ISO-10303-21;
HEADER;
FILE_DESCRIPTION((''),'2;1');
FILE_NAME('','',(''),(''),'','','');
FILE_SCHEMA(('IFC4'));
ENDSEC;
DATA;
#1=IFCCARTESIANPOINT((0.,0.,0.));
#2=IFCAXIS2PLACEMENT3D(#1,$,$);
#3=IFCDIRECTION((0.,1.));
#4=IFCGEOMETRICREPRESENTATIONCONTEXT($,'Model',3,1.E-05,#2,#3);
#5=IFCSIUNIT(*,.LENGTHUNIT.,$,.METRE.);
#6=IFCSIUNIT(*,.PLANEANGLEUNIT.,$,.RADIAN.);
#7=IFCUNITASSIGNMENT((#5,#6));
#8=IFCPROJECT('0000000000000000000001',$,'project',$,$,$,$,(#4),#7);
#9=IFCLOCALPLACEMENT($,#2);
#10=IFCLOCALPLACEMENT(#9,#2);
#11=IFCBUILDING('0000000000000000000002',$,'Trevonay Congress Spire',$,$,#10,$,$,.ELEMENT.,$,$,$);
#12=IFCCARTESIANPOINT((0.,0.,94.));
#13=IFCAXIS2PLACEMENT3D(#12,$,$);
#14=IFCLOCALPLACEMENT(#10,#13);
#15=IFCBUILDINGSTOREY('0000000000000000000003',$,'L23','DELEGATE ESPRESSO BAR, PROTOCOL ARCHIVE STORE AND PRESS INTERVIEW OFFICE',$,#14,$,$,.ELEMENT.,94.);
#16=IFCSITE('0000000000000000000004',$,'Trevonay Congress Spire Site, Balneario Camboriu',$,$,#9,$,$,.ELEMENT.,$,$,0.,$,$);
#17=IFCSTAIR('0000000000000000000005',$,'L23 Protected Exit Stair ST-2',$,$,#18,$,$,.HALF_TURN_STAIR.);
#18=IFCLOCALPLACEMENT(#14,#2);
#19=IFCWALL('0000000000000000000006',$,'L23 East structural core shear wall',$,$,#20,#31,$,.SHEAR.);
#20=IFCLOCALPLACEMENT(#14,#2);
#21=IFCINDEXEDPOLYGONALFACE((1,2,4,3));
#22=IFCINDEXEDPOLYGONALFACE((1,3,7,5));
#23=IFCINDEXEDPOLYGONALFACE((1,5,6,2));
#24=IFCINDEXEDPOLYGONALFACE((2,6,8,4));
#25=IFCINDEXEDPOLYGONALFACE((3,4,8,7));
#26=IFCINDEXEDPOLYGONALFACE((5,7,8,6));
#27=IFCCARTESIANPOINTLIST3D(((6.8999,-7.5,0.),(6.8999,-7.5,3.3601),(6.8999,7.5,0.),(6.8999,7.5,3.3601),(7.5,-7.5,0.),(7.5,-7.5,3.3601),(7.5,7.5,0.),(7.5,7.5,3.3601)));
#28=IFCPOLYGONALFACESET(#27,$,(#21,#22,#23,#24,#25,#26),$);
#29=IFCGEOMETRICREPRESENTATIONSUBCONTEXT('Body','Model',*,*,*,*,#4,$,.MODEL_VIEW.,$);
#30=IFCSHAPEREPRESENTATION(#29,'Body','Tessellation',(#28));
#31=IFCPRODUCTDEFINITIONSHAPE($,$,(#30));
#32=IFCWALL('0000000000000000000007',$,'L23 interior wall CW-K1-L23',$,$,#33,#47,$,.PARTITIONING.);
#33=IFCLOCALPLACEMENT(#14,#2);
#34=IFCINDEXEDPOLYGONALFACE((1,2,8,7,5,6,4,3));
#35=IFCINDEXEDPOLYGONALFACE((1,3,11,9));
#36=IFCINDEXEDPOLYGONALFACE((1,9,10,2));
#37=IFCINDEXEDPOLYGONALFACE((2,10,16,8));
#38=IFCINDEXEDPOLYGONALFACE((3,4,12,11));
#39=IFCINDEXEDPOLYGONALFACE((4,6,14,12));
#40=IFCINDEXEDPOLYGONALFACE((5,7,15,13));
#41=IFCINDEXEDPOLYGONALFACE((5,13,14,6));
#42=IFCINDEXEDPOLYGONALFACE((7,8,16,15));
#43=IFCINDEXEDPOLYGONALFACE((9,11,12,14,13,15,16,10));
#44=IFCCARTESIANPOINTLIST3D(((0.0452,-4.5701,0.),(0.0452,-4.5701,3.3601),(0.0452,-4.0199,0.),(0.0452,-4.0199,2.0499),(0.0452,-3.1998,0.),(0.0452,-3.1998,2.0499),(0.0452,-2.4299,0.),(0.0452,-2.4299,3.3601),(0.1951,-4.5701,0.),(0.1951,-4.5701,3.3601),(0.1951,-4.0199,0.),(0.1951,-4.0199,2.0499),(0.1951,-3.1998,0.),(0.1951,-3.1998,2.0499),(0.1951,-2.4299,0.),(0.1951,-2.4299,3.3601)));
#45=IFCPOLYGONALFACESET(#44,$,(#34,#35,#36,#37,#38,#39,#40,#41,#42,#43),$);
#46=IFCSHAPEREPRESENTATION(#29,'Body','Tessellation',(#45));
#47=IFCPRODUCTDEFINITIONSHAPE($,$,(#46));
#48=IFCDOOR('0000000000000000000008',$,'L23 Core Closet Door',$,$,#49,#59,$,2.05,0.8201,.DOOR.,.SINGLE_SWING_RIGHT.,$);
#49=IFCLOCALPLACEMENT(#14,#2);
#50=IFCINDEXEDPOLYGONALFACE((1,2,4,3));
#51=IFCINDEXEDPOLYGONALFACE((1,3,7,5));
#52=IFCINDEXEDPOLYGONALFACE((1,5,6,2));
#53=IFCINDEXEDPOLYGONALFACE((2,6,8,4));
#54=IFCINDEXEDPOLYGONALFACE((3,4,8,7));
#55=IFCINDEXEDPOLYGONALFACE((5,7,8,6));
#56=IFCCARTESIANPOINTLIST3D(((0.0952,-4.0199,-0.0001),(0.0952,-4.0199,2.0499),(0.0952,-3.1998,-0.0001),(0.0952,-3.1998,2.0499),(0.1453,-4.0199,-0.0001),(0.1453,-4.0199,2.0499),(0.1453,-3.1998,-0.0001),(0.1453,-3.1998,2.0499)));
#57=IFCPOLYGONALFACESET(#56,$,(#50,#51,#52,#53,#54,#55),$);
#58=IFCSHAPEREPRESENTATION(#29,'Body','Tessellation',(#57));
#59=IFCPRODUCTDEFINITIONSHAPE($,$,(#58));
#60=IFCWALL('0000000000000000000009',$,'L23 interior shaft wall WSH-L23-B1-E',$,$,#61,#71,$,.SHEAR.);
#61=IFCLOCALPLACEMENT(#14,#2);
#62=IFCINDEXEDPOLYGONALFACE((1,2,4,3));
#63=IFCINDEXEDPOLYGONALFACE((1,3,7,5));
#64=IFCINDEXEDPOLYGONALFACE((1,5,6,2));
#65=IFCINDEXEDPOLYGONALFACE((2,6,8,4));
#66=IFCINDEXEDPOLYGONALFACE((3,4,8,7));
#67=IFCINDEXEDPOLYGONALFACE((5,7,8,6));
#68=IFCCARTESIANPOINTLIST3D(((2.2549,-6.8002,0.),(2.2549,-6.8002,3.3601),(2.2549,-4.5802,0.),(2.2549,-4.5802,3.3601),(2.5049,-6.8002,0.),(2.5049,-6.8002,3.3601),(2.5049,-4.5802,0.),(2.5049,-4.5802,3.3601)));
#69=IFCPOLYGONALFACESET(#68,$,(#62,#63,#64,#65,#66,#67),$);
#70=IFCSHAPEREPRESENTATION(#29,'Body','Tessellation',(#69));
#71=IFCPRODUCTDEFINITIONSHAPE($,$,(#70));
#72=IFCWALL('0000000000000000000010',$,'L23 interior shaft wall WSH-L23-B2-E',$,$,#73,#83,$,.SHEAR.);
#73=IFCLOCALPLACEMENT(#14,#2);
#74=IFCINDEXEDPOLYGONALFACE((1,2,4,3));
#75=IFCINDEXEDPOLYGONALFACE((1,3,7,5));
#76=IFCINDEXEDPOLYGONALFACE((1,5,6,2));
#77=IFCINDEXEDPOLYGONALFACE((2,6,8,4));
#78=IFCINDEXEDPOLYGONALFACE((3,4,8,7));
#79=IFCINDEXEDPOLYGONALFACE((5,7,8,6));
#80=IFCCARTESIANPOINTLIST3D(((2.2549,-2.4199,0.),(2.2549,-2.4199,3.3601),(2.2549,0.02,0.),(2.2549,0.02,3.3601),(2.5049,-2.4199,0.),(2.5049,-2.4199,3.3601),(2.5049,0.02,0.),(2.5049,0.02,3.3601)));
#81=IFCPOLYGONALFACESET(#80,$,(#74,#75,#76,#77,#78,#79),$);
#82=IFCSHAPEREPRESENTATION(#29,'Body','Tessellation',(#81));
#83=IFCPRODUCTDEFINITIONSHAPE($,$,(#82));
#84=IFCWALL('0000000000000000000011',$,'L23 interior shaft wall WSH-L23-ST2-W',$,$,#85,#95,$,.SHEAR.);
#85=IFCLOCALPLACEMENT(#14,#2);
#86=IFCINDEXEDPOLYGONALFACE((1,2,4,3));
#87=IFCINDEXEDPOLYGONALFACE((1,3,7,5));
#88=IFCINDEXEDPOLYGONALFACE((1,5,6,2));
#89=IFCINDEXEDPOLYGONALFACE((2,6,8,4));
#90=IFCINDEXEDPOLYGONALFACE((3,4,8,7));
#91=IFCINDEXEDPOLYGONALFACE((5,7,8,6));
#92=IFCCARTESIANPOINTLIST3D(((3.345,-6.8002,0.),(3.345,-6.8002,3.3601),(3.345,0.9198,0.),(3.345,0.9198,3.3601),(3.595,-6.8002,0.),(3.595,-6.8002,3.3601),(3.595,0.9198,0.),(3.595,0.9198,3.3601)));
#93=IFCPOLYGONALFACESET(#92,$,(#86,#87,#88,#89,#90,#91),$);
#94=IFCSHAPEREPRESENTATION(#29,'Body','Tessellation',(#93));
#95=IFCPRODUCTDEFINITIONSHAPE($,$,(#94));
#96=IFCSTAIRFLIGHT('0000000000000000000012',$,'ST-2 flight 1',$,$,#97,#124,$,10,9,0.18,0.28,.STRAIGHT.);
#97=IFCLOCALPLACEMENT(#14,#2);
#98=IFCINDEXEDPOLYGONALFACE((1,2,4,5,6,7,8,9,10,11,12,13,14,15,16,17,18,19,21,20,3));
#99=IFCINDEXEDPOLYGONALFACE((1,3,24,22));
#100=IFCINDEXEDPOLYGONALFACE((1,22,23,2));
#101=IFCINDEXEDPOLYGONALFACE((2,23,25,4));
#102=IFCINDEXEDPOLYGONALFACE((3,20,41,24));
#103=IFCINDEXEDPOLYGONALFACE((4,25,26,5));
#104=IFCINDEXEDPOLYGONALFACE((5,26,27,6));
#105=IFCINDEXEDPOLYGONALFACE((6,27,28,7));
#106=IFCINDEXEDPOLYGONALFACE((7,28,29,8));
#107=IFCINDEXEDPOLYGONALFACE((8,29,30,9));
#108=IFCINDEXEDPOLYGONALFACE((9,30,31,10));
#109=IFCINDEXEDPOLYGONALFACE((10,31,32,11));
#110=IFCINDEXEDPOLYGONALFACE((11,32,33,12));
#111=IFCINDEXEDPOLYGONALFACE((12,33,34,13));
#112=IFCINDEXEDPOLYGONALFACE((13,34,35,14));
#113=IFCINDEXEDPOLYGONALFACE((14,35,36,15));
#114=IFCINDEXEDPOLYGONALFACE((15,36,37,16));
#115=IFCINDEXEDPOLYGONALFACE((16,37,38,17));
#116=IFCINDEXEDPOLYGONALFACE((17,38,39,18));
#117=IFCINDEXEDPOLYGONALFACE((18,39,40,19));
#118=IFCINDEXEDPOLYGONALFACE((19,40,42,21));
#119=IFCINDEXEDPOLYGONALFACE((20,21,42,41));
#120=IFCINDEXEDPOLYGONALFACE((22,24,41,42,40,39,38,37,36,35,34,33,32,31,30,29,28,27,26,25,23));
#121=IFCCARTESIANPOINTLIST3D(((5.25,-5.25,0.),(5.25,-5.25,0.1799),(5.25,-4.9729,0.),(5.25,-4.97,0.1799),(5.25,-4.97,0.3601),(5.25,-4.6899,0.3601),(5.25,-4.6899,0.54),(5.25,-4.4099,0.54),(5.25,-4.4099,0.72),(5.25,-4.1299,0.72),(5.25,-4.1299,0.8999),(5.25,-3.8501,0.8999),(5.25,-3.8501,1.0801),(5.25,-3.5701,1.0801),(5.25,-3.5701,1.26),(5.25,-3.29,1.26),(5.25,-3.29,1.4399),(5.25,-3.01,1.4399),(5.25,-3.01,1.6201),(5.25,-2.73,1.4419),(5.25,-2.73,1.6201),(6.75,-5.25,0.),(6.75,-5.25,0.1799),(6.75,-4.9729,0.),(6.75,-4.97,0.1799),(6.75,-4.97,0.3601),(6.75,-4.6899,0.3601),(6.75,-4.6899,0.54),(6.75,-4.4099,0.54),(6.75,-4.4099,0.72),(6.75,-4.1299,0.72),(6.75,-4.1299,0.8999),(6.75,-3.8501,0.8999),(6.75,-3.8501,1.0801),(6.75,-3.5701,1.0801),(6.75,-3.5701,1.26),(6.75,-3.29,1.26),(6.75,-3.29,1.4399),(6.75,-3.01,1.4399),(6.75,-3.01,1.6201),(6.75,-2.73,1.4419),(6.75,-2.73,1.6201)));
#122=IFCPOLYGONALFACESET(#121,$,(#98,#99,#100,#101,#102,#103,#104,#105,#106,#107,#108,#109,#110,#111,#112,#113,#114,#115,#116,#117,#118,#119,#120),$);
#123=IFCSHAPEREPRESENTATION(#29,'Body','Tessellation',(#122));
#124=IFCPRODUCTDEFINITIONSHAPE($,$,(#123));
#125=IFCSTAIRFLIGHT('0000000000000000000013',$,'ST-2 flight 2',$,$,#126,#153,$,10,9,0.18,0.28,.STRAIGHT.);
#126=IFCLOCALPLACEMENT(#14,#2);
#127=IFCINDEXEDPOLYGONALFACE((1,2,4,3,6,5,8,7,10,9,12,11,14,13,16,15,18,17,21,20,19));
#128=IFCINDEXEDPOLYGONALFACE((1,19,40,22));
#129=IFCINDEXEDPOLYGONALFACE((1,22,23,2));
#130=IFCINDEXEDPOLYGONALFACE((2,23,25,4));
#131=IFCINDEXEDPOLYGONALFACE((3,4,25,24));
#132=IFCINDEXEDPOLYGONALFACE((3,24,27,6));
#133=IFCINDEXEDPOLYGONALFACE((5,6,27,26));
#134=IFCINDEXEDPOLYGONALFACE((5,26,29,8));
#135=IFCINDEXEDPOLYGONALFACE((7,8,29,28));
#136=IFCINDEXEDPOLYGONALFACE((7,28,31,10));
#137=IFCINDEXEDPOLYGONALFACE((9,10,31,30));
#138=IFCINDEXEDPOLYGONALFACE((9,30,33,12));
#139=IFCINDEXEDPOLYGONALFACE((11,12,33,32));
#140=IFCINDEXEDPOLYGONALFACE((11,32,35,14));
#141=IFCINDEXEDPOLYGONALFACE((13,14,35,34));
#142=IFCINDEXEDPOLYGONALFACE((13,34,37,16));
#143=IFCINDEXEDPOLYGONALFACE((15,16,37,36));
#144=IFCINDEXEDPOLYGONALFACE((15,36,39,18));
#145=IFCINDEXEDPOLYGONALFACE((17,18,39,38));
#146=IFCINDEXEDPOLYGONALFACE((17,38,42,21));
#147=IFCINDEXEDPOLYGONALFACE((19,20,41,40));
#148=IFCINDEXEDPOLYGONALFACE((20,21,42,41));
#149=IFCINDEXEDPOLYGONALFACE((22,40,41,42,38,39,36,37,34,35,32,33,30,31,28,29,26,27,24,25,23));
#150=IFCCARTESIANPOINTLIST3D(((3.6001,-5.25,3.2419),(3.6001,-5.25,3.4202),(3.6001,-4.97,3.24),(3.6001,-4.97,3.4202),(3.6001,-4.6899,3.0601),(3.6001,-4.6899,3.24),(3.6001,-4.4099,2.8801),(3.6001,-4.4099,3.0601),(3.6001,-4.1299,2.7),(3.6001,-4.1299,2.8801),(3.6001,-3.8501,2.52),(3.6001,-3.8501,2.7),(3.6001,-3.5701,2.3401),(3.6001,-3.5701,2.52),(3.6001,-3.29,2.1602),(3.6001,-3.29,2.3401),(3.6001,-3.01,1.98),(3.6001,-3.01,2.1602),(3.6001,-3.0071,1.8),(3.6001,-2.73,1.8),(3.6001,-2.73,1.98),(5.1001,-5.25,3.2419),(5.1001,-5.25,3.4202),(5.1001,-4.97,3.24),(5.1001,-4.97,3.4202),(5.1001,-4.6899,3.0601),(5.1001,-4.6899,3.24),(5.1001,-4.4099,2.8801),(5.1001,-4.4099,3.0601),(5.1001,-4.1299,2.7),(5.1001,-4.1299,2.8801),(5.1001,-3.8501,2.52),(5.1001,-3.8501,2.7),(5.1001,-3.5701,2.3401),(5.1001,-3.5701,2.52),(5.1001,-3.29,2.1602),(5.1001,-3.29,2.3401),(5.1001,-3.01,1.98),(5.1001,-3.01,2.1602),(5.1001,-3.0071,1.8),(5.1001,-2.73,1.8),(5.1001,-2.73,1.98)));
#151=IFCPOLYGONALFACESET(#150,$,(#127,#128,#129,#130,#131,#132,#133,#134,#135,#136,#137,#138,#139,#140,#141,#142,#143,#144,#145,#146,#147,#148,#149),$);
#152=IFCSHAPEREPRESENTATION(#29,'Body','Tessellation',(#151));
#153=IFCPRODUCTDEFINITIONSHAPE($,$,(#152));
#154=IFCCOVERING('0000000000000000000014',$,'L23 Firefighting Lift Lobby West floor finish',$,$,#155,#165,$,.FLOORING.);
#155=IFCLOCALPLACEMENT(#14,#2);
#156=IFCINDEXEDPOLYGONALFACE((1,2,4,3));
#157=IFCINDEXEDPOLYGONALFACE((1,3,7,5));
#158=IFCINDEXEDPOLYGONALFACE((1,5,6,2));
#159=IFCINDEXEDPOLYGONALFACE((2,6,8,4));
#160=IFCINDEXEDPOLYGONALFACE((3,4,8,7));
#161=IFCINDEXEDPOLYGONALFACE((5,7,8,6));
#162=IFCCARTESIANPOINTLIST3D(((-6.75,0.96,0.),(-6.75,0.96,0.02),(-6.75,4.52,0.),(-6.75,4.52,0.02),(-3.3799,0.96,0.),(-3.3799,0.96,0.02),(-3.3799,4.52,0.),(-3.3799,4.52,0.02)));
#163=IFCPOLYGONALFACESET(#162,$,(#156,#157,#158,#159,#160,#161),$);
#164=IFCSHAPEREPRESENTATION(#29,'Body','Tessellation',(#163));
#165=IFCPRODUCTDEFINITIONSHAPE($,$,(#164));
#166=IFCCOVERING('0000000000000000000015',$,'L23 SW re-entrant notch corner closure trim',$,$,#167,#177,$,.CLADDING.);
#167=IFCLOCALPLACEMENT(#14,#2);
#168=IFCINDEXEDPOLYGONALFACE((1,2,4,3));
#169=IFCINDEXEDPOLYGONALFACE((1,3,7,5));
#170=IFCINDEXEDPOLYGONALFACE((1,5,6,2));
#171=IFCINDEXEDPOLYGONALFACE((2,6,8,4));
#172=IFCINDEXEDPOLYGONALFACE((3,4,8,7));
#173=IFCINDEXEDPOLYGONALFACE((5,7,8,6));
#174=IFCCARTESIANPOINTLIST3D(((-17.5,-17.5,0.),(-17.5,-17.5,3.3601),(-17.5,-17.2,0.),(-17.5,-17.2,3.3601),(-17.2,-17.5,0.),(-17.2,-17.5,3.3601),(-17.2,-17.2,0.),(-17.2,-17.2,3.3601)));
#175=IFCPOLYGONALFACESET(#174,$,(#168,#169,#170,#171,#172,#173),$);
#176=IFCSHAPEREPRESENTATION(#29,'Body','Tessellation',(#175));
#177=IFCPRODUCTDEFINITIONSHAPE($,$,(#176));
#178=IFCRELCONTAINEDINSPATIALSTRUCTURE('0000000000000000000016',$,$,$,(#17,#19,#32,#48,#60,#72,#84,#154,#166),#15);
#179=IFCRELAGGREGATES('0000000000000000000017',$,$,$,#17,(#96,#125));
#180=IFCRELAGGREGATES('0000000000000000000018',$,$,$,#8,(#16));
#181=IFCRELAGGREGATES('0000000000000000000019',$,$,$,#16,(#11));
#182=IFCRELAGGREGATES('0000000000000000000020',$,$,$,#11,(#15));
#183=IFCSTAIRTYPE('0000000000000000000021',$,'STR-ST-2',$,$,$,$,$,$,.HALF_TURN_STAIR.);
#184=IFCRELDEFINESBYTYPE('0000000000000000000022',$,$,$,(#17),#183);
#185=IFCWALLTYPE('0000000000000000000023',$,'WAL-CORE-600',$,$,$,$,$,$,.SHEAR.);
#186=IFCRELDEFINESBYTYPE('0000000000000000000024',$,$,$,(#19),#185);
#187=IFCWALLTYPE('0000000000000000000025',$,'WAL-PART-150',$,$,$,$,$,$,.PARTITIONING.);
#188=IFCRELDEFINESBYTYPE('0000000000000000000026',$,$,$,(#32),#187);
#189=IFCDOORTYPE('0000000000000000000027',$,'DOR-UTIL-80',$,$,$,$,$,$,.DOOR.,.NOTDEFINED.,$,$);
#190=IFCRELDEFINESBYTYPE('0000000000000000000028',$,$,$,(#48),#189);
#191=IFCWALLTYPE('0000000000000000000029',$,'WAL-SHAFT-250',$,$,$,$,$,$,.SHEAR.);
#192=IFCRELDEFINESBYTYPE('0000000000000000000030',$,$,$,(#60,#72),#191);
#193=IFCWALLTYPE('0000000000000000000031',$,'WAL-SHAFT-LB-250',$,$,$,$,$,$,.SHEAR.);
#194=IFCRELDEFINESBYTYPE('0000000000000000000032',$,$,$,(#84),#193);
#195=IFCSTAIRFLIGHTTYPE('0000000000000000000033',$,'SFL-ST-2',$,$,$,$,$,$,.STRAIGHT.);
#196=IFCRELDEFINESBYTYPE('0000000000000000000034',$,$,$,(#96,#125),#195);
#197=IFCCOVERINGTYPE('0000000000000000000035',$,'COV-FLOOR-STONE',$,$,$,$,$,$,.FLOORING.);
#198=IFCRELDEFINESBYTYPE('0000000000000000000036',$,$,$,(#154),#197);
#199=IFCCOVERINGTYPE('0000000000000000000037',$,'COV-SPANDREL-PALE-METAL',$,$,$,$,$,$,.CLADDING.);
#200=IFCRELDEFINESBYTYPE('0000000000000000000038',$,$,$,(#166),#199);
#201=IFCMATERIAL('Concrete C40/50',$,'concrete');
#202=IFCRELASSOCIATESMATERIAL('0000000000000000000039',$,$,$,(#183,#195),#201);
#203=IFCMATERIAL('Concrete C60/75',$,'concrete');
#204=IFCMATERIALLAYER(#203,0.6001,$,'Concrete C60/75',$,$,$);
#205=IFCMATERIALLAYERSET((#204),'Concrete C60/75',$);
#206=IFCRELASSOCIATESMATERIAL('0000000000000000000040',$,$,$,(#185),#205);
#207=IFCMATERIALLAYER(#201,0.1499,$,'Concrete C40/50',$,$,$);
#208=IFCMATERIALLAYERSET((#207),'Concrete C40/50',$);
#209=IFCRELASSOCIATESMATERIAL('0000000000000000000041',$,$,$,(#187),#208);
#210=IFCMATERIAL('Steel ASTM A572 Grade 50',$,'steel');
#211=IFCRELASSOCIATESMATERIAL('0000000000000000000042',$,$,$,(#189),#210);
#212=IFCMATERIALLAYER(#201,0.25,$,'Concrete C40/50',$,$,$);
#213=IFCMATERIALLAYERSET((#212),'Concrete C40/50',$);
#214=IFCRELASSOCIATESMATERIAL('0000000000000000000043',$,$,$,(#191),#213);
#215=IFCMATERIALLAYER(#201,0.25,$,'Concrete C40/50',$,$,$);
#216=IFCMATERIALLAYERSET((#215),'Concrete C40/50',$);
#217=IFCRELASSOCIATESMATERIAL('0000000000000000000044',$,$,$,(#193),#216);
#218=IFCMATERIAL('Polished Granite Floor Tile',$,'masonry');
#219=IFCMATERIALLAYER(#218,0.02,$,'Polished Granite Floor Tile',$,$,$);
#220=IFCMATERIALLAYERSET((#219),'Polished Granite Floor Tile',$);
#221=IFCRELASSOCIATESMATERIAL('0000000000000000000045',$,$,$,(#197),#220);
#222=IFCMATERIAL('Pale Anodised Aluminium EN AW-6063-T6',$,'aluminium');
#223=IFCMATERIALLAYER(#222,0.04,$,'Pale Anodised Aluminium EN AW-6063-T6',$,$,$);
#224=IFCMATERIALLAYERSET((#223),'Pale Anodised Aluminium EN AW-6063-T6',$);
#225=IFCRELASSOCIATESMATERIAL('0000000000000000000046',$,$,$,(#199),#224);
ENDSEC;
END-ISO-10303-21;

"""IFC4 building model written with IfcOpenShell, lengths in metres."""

from ifc_helpers import new_model, si_unit, direction, frame, frame_2d, origin, place, context, subcontext, project, spatial, polyline, rectangle, outline, extrude, material, layer, layer_set, type_object, element, fill, aggregate, save


model = new_model("IFC4")

# Units and contexts
model_context = context("Model", 3, precision=1e-05, world=origin(), true_north=direction((0.0, 1.0)))
body_context = subcontext(model_context, "Body", "Model", "MODEL_VIEW")
ifc_project = project(units=[si_unit("LENGTHUNIT", "METRE"), si_unit("PLANEANGLEUNIT", "RADIAN")], contexts=[model_context])

# Site, building, storey
site_placement = place(None, origin())
site = spatial("IfcSite", under=ifc_project, at=site_placement, Name="Trevonay Congress Spire Site, Balneario Camboriu", CompositionType="ELEMENT", RefElevation=0.0)
building_placement = place(site_placement, origin())
building = spatial("IfcBuilding", under=site, at=building_placement, Name="Trevonay Congress Spire", CompositionType="ELEMENT")
storey_placement = place(building_placement, frame((0.0, 0.0, 94.0)))
storey = spatial("IfcBuildingStorey", under=building, at=storey_placement, Name="L23", Description="DELEGATE ESPRESSO BAR, PROTOCOL ARCHIVE STORE AND PRESS INTERVIEW OFFICE", CompositionType="ELEMENT", Elevation=94.0)

# Shared definitions
ifc_material_1 = material(Name="Steel ASTM A572 Grade 50", Category="steel")

# Shared definitions
ifc_material_2 = material(Name="Concrete C40/50", Category="concrete")

# Stair
stair_type_1 = type_object("IfcStairType", Name="STR-ST-2", PredefinedType="HALF_TURN_STAIR", material=ifc_material_2)
stair_1_placement = place(storey_placement, origin())
stair_1 = element("IfcStair", 1, at=stair_1_placement, inside=storey, type_object=stair_type_1, Name="L23 Protected Exit Stair ST-2", PredefinedType="HALF_TURN_STAIR")

# Wall
ifc_material_3 = material(Name="Concrete C60/75", Category="concrete")
ifc_layer_1 = layer(ifc_material_3, 0.6001, Name="Concrete C60/75")
ifc_layer_set_1 = layer_set([ifc_layer_1], Name="Concrete C60/75")
wall_type_1 = type_object("IfcWallType", Name="WAL-CORE-600", PredefinedType="SHEAR", material=ifc_layer_set_1)
wall_1_placement = place(storey_placement, frame((7.2, -7.5, 0.0), z_axis=(0.0, 0.0, 1.0), x_axis=(0.0, 1.0, 0.0)))
element("IfcWall", 2, at=wall_1_placement, inside=storey, type_object=wall_type_1, Name="L23 East structural core shear wall", PredefinedType="SHEAR", context=body_context, shape_type="SweptSolid", body=[
    extrude(rectangle(XDim=15.0, YDim=0.6001, at=frame_2d((7.5, 0.0))), origin(), (0.0, 0.0, 1.0), 3.3601),
])

# Wall, opening, door
ifc_layer_2 = layer(ifc_material_2, 0.1499, Name="Concrete C40/50")
ifc_layer_set_2 = layer_set([ifc_layer_2], Name="Concrete C40/50")
wall_type_2 = type_object("IfcWallType", Name="WAL-PART-150", PredefinedType="PARTITIONING", material=ifc_layer_set_2)
wall_2_placement = place(storey_placement, frame((0.1201, -4.5701, 0.0), z_axis=(0.0, 0.0, 1.0), x_axis=(0.0, 1.0, 0.0)))
wall_2 = element("IfcWall", 3, at=wall_2_placement, inside=storey, type_object=wall_type_2, Name="L23 interior wall CW-K1-L23", PredefinedType="PARTITIONING", context=body_context, shape_type="SweptSolid", body=[
    extrude(rectangle(XDim=2.1401, YDim=0.1499, at=frame_2d((1.0701, 0.0))), origin(), (0.0, 0.0, 1.0), 3.3601),
])
opening_placement = place(wall_2_placement, frame((0.55, 0.0, 0.0)))
opening = element("IfcOpeningElement", 4, at=opening_placement, cuts=wall_2, PredefinedType="OPENING", context=body_context, shape_type="SweptSolid", body=[
    extrude(rectangle(XDim=0.8201, YDim=2.05, at=frame_2d((0.4102, 1.0249))), frame((0.0, 0.085, 0.0), z_axis=(0.0, -1.0, 0.0), x_axis=(1.0, 0.0, 0.0)), (0.0, 0.0, 1.0), 0.1699),
])
door_type = type_object("IfcDoorType", Name="DOR-UTIL-80", OperationType="NOTDEFINED", PredefinedType="DOOR", material=ifc_material_1)
door_placement = place(opening_placement, origin())
door = element("IfcDoor", 5, at=door_placement, inside=storey, type_object=door_type, Name="L23 Core Closet Door", OperationType="SINGLE_SWING_RIGHT", OverallHeight=2.05, OverallWidth=0.8201, PredefinedType="DOOR", context=body_context, shape_type="SweptSolid", body=[
    extrude(rectangle(XDim=0.8201, YDim=2.05, at=frame_2d((0.4102, 1.0249))), frame((0.0, 0.0249, 0.0), z_axis=(0.0, -1.0, 0.0), x_axis=(1.0, 0.0, 0.0)), (0.0, 0.0, 1.0), 0.05),
])
fill(opening, door)

# Walls
ifc_layer_3 = layer(ifc_material_2, 0.25, Name="Concrete C40/50")
ifc_layer_set_3 = layer_set([ifc_layer_3], Name="Concrete C40/50")
wall_type_3 = type_object("IfcWallType", Name="WAL-SHAFT-250", PredefinedType="SHEAR", material=ifc_layer_set_3)
wall_3_placement = place(storey_placement, frame((2.3799, -6.8, 0.0), z_axis=(0.0, 0.0, 1.0), x_axis=(0.0, 1.0, 0.0)))
element("IfcWall", 6, at=wall_3_placement, inside=storey, type_object=wall_type_3, Name="L23 interior shaft wall WSH-L23-B1-E", PredefinedType="SHEAR", context=body_context, shape_type="SweptSolid", body=[
    extrude(rectangle(XDim=2.22, YDim=0.25, at=frame_2d((1.1099, 0.0))), origin(), (0.0, 0.0, 1.0), 3.3601),
])
wall_4_placement = place(storey_placement, frame((2.3799, -2.4199, 0.0), z_axis=(0.0, 0.0, 1.0), x_axis=(0.0, 1.0, 0.0)))
element("IfcWall", 7, at=wall_4_placement, inside=storey, type_object=wall_type_3, Name="L23 interior shaft wall WSH-L23-B2-E", PredefinedType="SHEAR", context=body_context, shape_type="SweptSolid", body=[
    extrude(rectangle(XDim=2.4399, YDim=0.25, at=frame_2d((1.22, 0.0))), origin(), (0.0, 0.0, 1.0), 3.3601),
])
ifc_layer_4 = layer(ifc_material_2, 0.25, Name="Concrete C40/50")
ifc_layer_set_4 = layer_set([ifc_layer_4], Name="Concrete C40/50")
wall_type_4 = type_object("IfcWallType", Name="WAL-SHAFT-LB-250", PredefinedType="SHEAR", material=ifc_layer_set_4)
wall_5_placement = place(storey_placement, frame((3.47, -6.8, 0.0), z_axis=(0.0, 0.0, 1.0), x_axis=(0.0, 1.0, 0.0)))
element("IfcWall", 8, at=wall_5_placement, inside=storey, type_object=wall_type_4, Name="L23 interior shaft wall WSH-L23-ST2-W", PredefinedType="SHEAR", context=body_context, shape_type="SweptSolid", body=[
    extrude(rectangle(XDim=7.72, YDim=0.25, at=frame_2d((3.8599, 0.0))), origin(), (0.0, 0.0, 1.0), 3.3601),
])

# Stair flights
stair_flight_type = type_object("IfcStairFlightType", Name="SFL-ST-2", PredefinedType="STRAIGHT", material=ifc_material_2)
stair_flight_1_placement = place(storey_placement, frame((6.0, -5.25, 0.0), z_axis=(0.0, 0.0, 1.0), x_axis=(0.0, 1.0, 0.0)))
stair_flight_1 = element("IfcStairFlight", 9, at=stair_flight_1_placement, type_object=stair_flight_type, Name="ST-2 flight 1", NumberOfRisers=10, NumberOfTreads=9, PredefinedType="STRAIGHT", RiserHeight=0.18, TreadLength=0.28, context=body_context, shape_type="SweptSolid", body=[
    extrude(outline(polyline([(0.0, 0.0), (0.0, 0.1799), (0.28, 0.1799), (0.28, 0.3601), (0.5601, 0.3601), (0.5601, 0.54), (0.8401, 0.54), (0.8401, 0.72), (1.1201, 0.72), (1.1201, 0.8999), (1.3999, 0.8999), (1.3999, 1.0801), (1.6799, 1.0801), (1.6799, 1.26), (1.96, 1.26), (1.96, 1.4399), (2.24, 1.4399), (2.24, 1.6201), (2.52, 1.6201), (2.52, 1.8), (2.52, 1.4419), (0.2771, 0.0), (0.0, 0.0)])), frame((0.0, 0.75, 0.0), z_axis=(0.0, -1.0, 0.0), x_axis=(1.0, 0.0, 0.0)), (0.0, 0.0, 1.0), 1.5),
])
stair_flight_2_placement = place(storey_placement, frame((4.3501, -2.73, 1.8), z_axis=(0.0, 0.0, 1.0), x_axis=(0.0, -1.0, 0.0)))
stair_flight_2 = element("IfcStairFlight", 10, at=stair_flight_2_placement, type_object=stair_flight_type, Name="ST-2 flight 2", NumberOfRisers=10, NumberOfTreads=9, PredefinedType="STRAIGHT", RiserHeight=0.18, TreadLength=0.28, context=body_context, shape_type="SweptSolid", body=[
    extrude(outline(polyline([(0.0, 0.0), (0.0, 0.1799), (0.28, 0.1799), (0.28, 0.3601), (0.5601, 0.3601), (0.5601, 0.54), (0.8401, 0.54), (0.8401, 0.72), (1.1201, 0.72), (1.1201, 0.8999), (1.3999, 0.8999), (1.3999, 1.0801), (1.6799, 1.0801), (1.6799, 1.26), (1.96, 1.26), (1.96, 1.4399), (2.24, 1.4399), (2.24, 1.6201), (2.52, 1.6201), (2.52, 1.8), (2.52, 1.4419), (0.2771, 0.0), (0.0, 0.0)])), frame((0.0, 0.75, 0.0), z_axis=(0.0, -1.0, 0.0), x_axis=(1.0, 0.0, 0.0)), (0.0, 0.0, 1.0), 1.5),
])
aggregate(stair_1, [stair_flight_1, stair_flight_2])

# Coverings
ifc_material_4 = material(Name="Polished Granite Floor Tile", Category="masonry")
ifc_layer_5 = layer(ifc_material_4, 0.02, Name="Polished Granite Floor Tile")
ifc_layer_set_5 = layer_set([ifc_layer_5], Name="Polished Granite Floor Tile")
covering_type_1 = type_object("IfcCoveringType", Name="COV-FLOOR-STONE", PredefinedType="FLOORING", material=ifc_layer_set_5)
covering_1_placement = place(storey_placement, origin())
element("IfcCovering", 11, at=covering_1_placement, inside=storey, type_object=covering_type_1, Name="L23 Firefighting Lift Lobby West floor finish", PredefinedType="FLOORING", context=body_context, shape_type="SweptSolid", body=[
    extrude(outline(polyline([(-6.75, 0.96), (-3.3799, 0.96), (-3.3799, 4.52), (-6.75, 4.52), (-6.75, 0.96)])), origin(), (0.0, 0.0, 1.0), 0.02),
])
ifc_material_5 = material(Name="Pale Anodised Aluminium EN AW-6063-T6", Category="aluminium")
ifc_layer_6 = layer(ifc_material_5, 0.04, Name="Pale Anodised Aluminium EN AW-6063-T6")
ifc_layer_set_6 = layer_set([ifc_layer_6], Name="Pale Anodised Aluminium EN AW-6063-T6")
covering_type_2 = type_object("IfcCoveringType", Name="COV-SPANDREL-PALE-METAL", PredefinedType="CLADDING", material=ifc_layer_set_6)
covering_2_placement = place(storey_placement, origin())
element("IfcCovering", 12, at=covering_2_placement, inside=storey, type_object=covering_type_2, Name="L23 SW re-entrant notch corner closure trim", PredefinedType="CLADDING", context=body_context, shape_type="SweptSolid", body=[
    extrude(outline(polyline([(-17.5, -17.5), (-17.2, -17.5), (-17.2, -17.2), (-17.5, -17.2), (-17.5, -17.5)])), origin(), (0.0, 0.0, 1.0), 3.3601),
])

save(model, "model.ifc")
